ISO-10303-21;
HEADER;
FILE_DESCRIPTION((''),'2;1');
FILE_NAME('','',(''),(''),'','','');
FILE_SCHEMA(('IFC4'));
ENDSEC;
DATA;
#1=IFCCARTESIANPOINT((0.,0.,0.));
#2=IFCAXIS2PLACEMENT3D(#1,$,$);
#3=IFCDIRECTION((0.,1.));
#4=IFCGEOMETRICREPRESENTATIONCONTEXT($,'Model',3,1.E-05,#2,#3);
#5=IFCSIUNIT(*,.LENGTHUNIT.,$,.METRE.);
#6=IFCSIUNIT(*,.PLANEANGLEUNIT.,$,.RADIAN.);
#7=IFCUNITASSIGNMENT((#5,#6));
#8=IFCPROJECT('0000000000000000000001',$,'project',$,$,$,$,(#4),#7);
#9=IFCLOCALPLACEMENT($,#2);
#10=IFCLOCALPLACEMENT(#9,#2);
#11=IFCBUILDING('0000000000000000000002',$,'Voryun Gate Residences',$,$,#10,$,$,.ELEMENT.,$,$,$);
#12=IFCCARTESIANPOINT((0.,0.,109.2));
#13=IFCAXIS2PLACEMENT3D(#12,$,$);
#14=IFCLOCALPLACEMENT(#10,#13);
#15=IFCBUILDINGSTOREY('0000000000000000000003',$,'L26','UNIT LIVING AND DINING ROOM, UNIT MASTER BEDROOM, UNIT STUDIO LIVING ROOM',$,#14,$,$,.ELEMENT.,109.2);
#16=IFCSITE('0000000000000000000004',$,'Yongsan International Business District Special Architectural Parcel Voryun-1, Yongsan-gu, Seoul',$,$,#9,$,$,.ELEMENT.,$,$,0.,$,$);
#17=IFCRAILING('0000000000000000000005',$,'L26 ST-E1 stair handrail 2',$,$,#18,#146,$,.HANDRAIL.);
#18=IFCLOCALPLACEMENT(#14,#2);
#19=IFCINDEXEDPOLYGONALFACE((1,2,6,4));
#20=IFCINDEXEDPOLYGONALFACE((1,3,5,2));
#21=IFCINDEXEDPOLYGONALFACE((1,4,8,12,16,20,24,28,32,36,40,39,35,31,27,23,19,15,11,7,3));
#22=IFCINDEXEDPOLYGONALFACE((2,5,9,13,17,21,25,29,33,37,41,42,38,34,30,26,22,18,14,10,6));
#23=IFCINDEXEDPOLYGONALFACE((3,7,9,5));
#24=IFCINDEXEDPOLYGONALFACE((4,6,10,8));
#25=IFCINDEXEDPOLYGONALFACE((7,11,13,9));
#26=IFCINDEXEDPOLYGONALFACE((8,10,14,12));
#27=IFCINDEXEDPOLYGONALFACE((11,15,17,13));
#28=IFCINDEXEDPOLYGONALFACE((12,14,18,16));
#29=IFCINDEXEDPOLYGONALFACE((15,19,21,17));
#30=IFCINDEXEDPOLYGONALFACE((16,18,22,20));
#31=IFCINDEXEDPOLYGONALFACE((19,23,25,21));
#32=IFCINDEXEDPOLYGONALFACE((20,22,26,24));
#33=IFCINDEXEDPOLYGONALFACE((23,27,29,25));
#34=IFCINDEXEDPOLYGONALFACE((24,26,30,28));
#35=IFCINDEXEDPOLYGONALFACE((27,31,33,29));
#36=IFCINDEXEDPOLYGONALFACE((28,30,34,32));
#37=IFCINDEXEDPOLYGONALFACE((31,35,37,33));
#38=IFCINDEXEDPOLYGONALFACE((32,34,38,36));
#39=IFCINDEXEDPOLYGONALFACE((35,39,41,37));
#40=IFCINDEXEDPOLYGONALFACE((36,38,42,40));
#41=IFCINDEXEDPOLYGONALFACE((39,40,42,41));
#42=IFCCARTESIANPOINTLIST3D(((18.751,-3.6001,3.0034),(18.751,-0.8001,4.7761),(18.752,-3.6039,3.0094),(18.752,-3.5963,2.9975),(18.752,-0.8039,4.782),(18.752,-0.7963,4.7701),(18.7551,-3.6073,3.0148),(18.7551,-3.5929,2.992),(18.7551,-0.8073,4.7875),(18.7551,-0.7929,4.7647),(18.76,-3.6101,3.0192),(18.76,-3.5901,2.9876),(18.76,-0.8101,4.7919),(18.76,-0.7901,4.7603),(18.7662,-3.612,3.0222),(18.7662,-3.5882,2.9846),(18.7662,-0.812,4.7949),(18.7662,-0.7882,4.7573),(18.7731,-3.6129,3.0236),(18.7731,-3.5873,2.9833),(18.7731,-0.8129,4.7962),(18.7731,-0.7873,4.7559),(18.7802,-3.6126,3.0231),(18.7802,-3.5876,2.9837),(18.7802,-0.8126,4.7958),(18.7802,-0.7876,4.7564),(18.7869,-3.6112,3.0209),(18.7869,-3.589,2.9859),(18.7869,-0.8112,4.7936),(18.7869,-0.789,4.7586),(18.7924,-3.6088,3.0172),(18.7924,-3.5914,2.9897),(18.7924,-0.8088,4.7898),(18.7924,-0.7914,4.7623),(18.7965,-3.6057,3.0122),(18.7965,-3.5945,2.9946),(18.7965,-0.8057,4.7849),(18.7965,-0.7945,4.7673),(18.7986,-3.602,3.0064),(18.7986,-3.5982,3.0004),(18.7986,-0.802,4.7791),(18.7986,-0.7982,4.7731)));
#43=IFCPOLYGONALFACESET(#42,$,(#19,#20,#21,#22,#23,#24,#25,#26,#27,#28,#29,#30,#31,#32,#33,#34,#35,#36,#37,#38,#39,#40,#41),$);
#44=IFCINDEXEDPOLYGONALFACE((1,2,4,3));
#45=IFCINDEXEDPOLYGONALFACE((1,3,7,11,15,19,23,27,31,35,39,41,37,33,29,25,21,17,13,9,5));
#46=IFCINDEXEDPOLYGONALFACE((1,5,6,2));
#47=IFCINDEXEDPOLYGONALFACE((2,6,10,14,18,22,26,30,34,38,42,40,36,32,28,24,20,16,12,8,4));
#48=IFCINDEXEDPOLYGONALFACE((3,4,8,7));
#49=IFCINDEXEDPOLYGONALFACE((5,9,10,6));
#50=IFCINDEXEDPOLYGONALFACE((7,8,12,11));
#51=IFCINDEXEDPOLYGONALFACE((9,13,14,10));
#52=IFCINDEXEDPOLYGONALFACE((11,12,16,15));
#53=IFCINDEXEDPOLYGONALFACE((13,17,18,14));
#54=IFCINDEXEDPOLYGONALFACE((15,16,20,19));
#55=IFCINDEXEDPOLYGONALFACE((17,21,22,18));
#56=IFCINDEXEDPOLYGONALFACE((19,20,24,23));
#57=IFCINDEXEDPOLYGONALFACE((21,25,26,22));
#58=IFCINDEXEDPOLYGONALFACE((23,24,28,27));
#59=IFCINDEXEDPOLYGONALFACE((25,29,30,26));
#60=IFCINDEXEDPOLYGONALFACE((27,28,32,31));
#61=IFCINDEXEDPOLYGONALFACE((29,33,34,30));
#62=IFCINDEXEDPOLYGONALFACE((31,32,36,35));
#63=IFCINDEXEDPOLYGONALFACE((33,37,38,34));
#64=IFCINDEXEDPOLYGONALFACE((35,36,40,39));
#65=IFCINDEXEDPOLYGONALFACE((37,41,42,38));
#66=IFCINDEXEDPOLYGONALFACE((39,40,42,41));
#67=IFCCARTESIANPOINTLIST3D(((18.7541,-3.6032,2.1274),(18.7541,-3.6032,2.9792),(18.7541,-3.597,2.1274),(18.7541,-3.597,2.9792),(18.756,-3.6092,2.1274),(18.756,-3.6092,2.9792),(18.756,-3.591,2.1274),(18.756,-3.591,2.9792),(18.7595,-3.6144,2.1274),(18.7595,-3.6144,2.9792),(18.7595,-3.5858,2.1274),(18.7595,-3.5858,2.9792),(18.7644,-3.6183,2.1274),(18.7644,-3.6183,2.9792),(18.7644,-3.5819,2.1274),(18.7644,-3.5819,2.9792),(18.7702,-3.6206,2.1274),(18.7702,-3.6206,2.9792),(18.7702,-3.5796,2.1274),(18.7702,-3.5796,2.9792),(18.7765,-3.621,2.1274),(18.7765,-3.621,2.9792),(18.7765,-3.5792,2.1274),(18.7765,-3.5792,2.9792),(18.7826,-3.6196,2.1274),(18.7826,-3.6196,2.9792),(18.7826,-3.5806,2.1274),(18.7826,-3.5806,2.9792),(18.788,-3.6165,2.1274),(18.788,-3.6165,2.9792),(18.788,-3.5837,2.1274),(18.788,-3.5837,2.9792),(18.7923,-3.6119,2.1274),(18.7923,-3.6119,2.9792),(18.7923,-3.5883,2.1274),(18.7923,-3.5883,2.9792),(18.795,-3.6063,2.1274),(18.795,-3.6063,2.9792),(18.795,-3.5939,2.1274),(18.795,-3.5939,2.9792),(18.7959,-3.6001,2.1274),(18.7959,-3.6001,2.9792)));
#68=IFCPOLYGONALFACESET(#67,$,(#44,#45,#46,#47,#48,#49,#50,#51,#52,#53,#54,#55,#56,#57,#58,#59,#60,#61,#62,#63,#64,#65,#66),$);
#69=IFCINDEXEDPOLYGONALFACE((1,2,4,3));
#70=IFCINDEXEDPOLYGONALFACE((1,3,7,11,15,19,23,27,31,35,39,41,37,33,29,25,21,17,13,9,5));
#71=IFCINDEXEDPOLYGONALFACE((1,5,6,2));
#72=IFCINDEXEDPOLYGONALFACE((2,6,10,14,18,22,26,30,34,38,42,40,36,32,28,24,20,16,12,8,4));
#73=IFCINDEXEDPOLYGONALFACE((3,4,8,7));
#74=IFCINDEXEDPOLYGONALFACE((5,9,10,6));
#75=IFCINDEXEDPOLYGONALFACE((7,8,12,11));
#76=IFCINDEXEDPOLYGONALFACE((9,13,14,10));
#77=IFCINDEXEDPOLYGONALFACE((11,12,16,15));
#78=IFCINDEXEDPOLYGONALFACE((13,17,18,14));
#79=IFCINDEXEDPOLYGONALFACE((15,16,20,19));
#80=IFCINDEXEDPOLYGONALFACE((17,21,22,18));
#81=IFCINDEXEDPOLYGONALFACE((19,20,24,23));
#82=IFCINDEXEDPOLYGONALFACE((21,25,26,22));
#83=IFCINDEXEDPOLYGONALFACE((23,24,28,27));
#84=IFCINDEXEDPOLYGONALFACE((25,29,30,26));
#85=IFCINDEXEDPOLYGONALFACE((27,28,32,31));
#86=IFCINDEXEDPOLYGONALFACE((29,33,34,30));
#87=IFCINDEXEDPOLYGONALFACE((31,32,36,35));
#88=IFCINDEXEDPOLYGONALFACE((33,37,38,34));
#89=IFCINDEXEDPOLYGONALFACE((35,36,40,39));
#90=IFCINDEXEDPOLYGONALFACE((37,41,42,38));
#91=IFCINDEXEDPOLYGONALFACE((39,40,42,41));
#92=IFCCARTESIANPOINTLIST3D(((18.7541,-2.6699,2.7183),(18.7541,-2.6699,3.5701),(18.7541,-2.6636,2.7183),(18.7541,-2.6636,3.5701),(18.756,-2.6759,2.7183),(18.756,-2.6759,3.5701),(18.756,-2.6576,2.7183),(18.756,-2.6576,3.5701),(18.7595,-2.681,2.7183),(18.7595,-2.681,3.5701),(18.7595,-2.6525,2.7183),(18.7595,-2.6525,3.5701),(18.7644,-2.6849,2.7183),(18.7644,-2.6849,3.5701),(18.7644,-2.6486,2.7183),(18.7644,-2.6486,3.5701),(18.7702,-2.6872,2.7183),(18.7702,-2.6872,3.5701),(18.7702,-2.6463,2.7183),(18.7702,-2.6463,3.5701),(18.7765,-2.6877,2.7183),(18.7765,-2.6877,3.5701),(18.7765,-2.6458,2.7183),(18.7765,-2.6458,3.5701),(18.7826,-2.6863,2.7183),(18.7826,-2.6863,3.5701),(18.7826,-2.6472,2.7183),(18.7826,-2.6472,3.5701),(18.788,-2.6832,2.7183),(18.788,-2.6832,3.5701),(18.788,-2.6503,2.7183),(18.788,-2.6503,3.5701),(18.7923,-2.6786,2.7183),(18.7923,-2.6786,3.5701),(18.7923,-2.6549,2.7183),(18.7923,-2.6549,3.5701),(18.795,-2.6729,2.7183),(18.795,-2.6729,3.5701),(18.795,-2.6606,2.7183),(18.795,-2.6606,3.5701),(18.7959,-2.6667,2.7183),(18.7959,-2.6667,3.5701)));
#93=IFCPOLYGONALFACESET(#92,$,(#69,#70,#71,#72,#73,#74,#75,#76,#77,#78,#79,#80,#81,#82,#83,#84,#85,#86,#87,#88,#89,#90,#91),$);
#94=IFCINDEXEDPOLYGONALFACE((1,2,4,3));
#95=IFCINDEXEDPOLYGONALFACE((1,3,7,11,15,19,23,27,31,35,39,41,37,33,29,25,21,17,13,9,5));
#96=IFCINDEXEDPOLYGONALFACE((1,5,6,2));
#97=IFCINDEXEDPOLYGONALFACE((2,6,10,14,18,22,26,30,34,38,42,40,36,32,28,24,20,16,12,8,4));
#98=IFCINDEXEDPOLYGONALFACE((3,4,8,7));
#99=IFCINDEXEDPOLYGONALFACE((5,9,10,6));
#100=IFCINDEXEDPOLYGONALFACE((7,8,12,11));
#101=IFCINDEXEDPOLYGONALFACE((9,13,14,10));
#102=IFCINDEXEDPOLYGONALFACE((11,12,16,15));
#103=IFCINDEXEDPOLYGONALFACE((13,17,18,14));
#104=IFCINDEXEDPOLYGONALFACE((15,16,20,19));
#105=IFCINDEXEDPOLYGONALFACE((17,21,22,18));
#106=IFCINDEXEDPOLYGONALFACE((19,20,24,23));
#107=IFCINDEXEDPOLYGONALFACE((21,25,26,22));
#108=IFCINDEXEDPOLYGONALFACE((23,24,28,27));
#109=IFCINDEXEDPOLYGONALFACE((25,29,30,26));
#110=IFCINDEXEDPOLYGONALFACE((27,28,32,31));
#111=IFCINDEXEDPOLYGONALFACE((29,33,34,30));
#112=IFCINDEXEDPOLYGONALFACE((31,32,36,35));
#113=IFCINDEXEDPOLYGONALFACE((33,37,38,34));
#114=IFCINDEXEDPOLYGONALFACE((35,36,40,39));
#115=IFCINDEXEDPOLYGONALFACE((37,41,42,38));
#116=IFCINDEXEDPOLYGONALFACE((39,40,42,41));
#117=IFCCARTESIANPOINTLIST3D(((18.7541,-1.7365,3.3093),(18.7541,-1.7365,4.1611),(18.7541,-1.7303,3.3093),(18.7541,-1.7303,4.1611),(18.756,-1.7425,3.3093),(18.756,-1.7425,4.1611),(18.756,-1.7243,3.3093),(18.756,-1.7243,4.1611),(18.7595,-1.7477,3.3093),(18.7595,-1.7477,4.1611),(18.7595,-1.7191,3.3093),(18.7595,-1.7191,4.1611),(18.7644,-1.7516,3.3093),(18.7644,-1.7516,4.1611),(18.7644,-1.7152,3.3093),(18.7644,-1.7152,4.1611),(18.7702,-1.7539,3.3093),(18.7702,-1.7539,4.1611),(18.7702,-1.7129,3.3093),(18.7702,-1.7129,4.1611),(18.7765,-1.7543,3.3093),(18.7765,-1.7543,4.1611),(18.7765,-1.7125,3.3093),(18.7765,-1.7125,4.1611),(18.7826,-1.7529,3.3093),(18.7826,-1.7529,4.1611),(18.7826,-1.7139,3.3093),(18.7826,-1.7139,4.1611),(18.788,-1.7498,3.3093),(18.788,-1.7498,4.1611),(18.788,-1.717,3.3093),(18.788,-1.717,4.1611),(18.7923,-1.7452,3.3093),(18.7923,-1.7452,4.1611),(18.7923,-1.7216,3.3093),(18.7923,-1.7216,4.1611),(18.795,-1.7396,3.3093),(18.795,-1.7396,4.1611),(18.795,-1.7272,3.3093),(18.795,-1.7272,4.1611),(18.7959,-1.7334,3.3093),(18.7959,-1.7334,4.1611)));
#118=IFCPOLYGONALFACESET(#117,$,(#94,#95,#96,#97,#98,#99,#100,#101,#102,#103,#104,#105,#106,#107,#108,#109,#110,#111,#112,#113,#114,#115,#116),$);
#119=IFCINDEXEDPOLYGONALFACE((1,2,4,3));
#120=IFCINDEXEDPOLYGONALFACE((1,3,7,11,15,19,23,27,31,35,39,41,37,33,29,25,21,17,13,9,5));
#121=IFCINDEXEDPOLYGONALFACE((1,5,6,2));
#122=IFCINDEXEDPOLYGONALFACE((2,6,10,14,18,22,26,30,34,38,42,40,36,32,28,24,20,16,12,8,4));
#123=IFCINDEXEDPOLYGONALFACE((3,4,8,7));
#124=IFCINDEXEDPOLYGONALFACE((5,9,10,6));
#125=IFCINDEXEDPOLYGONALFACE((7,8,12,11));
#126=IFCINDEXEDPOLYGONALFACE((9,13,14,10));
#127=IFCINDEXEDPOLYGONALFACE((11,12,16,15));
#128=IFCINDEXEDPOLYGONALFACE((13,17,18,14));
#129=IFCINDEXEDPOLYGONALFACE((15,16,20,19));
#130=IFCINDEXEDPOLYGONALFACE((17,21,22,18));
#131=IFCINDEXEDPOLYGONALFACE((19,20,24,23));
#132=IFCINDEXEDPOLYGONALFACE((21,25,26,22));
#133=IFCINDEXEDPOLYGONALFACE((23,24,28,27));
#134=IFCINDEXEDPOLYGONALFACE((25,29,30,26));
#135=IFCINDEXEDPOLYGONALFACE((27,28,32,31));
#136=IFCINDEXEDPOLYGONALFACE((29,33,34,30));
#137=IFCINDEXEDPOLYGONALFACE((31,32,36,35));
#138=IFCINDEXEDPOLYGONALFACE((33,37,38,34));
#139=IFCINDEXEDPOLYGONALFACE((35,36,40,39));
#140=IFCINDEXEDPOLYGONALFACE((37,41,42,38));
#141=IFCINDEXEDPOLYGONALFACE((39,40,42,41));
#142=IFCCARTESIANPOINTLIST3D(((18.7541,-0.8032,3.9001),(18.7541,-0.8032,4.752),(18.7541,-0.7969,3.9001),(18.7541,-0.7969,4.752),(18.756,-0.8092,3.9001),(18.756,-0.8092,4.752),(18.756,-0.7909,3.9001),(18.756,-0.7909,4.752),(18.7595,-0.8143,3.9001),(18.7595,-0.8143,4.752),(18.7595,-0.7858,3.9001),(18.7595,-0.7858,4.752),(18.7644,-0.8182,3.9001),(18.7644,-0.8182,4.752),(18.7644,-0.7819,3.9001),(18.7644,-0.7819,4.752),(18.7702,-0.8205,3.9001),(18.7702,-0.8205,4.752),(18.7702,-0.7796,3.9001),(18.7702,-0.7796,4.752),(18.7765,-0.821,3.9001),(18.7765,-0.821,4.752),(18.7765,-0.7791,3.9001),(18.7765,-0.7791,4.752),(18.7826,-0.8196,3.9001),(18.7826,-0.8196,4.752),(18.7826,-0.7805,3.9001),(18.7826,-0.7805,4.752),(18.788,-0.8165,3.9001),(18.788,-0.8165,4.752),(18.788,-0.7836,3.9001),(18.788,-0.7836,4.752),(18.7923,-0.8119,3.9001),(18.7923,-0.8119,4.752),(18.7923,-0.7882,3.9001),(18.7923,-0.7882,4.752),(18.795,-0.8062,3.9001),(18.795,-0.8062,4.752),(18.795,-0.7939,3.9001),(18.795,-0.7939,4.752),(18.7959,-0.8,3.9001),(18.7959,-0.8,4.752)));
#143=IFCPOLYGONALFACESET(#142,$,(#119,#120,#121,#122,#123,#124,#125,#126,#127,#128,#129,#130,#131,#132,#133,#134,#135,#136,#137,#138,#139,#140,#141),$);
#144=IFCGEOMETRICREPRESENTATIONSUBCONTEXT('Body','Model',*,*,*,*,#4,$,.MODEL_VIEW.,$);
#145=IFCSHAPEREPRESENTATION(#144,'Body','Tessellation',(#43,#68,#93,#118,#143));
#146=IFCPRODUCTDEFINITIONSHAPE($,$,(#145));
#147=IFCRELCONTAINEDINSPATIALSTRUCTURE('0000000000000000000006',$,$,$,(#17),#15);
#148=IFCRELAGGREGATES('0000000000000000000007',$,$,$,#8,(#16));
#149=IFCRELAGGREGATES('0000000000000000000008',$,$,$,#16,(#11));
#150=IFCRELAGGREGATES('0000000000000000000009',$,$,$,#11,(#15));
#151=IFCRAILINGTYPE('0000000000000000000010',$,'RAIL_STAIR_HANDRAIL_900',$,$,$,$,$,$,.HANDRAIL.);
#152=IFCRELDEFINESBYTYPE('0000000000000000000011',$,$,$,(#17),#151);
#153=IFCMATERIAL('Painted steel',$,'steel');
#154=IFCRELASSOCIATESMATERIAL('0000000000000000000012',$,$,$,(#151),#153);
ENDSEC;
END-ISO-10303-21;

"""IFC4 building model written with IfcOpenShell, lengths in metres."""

from ifc_helpers import new_model, si_unit, direction, frame, origin, origin_2d, place, context, subcontext, project, spatial, circle, extrude, material, type_object, element, save


model = new_model("IFC4")

# Units and contexts
model_context = context("Model", 3, precision=1e-05, world=origin(), true_north=direction((0.0, 1.0)))
body_context = subcontext(model_context, "Body", "Model", "MODEL_VIEW")
ifc_project = project(units=[si_unit("LENGTHUNIT", "METRE"), si_unit("PLANEANGLEUNIT", "RADIAN")], contexts=[model_context])

# Site, building, storey
site_placement = place(None, origin())
site = spatial("IfcSite", under=ifc_project, at=site_placement, Name="Yongsan International Business District Special Architectural Parcel Voryun-1, Yongsan-gu, Seoul", CompositionType="ELEMENT", RefElevation=0.0)
building_placement = place(site_placement, origin())
building = spatial("IfcBuilding", under=site, at=building_placement, Name="Voryun Gate Residences", CompositionType="ELEMENT")
storey_placement = place(building_placement, frame((0.0, 0.0, 109.2)))
storey = spatial("IfcBuildingStorey", under=building, at=storey_placement, Name="L26", Description="UNIT LIVING AND DINING ROOM, UNIT MASTER BEDROOM, UNIT STUDIO LIVING ROOM", CompositionType="ELEMENT", Elevation=109.2)

# Railing
ifc_material_1 = material(Name="Painted steel", Category="steel")
railing_type_1 = type_object("IfcRailingType", Name="RAIL_STAIR_HANDRAIL_900", PredefinedType="HANDRAIL", material=ifc_material_1)
railing_1_placement = place(storey_placement, frame((18.7749, -3.6001, 2.1274)))
element("IfcRailing", 1, at=railing_1_placement, inside=storey, type_object=railing_type_1, Name="L26 ST-E1 stair handrail 2", PredefinedType="HANDRAIL", context=body_context, shape_type="SweptSolid", body=[
    extrude(circle(Radius=0.0239, at=origin_2d()), frame((0.0, 0.0, 0.876), z_axis=(0.0, 0.844909, 0.53491), x_axis=(-1.0, 0.0, 0.0)), (0.0, 0.0, 1.0), 3.314),
    extrude(circle(Radius=0.021, at=origin_2d()), origin(), (0.0, 0.0, 1.0), 0.8518),
    extrude(circle(Radius=0.021, at=origin_2d()), frame((0.0, 0.9333, 0.5908)), (0.0, 0.0, 1.0), 0.8518),
    extrude(circle(Radius=0.021, at=origin_2d()), frame((0.0, 1.8667, 1.1819)), (0.0, 0.0, 1.0), 0.8518),
    extrude(circle(Radius=0.021, at=origin_2d()), frame((0.0, 2.8, 1.7727)), (0.0, 0.0, 1.0), 0.8518),
])

save(model, "model.ifc")
